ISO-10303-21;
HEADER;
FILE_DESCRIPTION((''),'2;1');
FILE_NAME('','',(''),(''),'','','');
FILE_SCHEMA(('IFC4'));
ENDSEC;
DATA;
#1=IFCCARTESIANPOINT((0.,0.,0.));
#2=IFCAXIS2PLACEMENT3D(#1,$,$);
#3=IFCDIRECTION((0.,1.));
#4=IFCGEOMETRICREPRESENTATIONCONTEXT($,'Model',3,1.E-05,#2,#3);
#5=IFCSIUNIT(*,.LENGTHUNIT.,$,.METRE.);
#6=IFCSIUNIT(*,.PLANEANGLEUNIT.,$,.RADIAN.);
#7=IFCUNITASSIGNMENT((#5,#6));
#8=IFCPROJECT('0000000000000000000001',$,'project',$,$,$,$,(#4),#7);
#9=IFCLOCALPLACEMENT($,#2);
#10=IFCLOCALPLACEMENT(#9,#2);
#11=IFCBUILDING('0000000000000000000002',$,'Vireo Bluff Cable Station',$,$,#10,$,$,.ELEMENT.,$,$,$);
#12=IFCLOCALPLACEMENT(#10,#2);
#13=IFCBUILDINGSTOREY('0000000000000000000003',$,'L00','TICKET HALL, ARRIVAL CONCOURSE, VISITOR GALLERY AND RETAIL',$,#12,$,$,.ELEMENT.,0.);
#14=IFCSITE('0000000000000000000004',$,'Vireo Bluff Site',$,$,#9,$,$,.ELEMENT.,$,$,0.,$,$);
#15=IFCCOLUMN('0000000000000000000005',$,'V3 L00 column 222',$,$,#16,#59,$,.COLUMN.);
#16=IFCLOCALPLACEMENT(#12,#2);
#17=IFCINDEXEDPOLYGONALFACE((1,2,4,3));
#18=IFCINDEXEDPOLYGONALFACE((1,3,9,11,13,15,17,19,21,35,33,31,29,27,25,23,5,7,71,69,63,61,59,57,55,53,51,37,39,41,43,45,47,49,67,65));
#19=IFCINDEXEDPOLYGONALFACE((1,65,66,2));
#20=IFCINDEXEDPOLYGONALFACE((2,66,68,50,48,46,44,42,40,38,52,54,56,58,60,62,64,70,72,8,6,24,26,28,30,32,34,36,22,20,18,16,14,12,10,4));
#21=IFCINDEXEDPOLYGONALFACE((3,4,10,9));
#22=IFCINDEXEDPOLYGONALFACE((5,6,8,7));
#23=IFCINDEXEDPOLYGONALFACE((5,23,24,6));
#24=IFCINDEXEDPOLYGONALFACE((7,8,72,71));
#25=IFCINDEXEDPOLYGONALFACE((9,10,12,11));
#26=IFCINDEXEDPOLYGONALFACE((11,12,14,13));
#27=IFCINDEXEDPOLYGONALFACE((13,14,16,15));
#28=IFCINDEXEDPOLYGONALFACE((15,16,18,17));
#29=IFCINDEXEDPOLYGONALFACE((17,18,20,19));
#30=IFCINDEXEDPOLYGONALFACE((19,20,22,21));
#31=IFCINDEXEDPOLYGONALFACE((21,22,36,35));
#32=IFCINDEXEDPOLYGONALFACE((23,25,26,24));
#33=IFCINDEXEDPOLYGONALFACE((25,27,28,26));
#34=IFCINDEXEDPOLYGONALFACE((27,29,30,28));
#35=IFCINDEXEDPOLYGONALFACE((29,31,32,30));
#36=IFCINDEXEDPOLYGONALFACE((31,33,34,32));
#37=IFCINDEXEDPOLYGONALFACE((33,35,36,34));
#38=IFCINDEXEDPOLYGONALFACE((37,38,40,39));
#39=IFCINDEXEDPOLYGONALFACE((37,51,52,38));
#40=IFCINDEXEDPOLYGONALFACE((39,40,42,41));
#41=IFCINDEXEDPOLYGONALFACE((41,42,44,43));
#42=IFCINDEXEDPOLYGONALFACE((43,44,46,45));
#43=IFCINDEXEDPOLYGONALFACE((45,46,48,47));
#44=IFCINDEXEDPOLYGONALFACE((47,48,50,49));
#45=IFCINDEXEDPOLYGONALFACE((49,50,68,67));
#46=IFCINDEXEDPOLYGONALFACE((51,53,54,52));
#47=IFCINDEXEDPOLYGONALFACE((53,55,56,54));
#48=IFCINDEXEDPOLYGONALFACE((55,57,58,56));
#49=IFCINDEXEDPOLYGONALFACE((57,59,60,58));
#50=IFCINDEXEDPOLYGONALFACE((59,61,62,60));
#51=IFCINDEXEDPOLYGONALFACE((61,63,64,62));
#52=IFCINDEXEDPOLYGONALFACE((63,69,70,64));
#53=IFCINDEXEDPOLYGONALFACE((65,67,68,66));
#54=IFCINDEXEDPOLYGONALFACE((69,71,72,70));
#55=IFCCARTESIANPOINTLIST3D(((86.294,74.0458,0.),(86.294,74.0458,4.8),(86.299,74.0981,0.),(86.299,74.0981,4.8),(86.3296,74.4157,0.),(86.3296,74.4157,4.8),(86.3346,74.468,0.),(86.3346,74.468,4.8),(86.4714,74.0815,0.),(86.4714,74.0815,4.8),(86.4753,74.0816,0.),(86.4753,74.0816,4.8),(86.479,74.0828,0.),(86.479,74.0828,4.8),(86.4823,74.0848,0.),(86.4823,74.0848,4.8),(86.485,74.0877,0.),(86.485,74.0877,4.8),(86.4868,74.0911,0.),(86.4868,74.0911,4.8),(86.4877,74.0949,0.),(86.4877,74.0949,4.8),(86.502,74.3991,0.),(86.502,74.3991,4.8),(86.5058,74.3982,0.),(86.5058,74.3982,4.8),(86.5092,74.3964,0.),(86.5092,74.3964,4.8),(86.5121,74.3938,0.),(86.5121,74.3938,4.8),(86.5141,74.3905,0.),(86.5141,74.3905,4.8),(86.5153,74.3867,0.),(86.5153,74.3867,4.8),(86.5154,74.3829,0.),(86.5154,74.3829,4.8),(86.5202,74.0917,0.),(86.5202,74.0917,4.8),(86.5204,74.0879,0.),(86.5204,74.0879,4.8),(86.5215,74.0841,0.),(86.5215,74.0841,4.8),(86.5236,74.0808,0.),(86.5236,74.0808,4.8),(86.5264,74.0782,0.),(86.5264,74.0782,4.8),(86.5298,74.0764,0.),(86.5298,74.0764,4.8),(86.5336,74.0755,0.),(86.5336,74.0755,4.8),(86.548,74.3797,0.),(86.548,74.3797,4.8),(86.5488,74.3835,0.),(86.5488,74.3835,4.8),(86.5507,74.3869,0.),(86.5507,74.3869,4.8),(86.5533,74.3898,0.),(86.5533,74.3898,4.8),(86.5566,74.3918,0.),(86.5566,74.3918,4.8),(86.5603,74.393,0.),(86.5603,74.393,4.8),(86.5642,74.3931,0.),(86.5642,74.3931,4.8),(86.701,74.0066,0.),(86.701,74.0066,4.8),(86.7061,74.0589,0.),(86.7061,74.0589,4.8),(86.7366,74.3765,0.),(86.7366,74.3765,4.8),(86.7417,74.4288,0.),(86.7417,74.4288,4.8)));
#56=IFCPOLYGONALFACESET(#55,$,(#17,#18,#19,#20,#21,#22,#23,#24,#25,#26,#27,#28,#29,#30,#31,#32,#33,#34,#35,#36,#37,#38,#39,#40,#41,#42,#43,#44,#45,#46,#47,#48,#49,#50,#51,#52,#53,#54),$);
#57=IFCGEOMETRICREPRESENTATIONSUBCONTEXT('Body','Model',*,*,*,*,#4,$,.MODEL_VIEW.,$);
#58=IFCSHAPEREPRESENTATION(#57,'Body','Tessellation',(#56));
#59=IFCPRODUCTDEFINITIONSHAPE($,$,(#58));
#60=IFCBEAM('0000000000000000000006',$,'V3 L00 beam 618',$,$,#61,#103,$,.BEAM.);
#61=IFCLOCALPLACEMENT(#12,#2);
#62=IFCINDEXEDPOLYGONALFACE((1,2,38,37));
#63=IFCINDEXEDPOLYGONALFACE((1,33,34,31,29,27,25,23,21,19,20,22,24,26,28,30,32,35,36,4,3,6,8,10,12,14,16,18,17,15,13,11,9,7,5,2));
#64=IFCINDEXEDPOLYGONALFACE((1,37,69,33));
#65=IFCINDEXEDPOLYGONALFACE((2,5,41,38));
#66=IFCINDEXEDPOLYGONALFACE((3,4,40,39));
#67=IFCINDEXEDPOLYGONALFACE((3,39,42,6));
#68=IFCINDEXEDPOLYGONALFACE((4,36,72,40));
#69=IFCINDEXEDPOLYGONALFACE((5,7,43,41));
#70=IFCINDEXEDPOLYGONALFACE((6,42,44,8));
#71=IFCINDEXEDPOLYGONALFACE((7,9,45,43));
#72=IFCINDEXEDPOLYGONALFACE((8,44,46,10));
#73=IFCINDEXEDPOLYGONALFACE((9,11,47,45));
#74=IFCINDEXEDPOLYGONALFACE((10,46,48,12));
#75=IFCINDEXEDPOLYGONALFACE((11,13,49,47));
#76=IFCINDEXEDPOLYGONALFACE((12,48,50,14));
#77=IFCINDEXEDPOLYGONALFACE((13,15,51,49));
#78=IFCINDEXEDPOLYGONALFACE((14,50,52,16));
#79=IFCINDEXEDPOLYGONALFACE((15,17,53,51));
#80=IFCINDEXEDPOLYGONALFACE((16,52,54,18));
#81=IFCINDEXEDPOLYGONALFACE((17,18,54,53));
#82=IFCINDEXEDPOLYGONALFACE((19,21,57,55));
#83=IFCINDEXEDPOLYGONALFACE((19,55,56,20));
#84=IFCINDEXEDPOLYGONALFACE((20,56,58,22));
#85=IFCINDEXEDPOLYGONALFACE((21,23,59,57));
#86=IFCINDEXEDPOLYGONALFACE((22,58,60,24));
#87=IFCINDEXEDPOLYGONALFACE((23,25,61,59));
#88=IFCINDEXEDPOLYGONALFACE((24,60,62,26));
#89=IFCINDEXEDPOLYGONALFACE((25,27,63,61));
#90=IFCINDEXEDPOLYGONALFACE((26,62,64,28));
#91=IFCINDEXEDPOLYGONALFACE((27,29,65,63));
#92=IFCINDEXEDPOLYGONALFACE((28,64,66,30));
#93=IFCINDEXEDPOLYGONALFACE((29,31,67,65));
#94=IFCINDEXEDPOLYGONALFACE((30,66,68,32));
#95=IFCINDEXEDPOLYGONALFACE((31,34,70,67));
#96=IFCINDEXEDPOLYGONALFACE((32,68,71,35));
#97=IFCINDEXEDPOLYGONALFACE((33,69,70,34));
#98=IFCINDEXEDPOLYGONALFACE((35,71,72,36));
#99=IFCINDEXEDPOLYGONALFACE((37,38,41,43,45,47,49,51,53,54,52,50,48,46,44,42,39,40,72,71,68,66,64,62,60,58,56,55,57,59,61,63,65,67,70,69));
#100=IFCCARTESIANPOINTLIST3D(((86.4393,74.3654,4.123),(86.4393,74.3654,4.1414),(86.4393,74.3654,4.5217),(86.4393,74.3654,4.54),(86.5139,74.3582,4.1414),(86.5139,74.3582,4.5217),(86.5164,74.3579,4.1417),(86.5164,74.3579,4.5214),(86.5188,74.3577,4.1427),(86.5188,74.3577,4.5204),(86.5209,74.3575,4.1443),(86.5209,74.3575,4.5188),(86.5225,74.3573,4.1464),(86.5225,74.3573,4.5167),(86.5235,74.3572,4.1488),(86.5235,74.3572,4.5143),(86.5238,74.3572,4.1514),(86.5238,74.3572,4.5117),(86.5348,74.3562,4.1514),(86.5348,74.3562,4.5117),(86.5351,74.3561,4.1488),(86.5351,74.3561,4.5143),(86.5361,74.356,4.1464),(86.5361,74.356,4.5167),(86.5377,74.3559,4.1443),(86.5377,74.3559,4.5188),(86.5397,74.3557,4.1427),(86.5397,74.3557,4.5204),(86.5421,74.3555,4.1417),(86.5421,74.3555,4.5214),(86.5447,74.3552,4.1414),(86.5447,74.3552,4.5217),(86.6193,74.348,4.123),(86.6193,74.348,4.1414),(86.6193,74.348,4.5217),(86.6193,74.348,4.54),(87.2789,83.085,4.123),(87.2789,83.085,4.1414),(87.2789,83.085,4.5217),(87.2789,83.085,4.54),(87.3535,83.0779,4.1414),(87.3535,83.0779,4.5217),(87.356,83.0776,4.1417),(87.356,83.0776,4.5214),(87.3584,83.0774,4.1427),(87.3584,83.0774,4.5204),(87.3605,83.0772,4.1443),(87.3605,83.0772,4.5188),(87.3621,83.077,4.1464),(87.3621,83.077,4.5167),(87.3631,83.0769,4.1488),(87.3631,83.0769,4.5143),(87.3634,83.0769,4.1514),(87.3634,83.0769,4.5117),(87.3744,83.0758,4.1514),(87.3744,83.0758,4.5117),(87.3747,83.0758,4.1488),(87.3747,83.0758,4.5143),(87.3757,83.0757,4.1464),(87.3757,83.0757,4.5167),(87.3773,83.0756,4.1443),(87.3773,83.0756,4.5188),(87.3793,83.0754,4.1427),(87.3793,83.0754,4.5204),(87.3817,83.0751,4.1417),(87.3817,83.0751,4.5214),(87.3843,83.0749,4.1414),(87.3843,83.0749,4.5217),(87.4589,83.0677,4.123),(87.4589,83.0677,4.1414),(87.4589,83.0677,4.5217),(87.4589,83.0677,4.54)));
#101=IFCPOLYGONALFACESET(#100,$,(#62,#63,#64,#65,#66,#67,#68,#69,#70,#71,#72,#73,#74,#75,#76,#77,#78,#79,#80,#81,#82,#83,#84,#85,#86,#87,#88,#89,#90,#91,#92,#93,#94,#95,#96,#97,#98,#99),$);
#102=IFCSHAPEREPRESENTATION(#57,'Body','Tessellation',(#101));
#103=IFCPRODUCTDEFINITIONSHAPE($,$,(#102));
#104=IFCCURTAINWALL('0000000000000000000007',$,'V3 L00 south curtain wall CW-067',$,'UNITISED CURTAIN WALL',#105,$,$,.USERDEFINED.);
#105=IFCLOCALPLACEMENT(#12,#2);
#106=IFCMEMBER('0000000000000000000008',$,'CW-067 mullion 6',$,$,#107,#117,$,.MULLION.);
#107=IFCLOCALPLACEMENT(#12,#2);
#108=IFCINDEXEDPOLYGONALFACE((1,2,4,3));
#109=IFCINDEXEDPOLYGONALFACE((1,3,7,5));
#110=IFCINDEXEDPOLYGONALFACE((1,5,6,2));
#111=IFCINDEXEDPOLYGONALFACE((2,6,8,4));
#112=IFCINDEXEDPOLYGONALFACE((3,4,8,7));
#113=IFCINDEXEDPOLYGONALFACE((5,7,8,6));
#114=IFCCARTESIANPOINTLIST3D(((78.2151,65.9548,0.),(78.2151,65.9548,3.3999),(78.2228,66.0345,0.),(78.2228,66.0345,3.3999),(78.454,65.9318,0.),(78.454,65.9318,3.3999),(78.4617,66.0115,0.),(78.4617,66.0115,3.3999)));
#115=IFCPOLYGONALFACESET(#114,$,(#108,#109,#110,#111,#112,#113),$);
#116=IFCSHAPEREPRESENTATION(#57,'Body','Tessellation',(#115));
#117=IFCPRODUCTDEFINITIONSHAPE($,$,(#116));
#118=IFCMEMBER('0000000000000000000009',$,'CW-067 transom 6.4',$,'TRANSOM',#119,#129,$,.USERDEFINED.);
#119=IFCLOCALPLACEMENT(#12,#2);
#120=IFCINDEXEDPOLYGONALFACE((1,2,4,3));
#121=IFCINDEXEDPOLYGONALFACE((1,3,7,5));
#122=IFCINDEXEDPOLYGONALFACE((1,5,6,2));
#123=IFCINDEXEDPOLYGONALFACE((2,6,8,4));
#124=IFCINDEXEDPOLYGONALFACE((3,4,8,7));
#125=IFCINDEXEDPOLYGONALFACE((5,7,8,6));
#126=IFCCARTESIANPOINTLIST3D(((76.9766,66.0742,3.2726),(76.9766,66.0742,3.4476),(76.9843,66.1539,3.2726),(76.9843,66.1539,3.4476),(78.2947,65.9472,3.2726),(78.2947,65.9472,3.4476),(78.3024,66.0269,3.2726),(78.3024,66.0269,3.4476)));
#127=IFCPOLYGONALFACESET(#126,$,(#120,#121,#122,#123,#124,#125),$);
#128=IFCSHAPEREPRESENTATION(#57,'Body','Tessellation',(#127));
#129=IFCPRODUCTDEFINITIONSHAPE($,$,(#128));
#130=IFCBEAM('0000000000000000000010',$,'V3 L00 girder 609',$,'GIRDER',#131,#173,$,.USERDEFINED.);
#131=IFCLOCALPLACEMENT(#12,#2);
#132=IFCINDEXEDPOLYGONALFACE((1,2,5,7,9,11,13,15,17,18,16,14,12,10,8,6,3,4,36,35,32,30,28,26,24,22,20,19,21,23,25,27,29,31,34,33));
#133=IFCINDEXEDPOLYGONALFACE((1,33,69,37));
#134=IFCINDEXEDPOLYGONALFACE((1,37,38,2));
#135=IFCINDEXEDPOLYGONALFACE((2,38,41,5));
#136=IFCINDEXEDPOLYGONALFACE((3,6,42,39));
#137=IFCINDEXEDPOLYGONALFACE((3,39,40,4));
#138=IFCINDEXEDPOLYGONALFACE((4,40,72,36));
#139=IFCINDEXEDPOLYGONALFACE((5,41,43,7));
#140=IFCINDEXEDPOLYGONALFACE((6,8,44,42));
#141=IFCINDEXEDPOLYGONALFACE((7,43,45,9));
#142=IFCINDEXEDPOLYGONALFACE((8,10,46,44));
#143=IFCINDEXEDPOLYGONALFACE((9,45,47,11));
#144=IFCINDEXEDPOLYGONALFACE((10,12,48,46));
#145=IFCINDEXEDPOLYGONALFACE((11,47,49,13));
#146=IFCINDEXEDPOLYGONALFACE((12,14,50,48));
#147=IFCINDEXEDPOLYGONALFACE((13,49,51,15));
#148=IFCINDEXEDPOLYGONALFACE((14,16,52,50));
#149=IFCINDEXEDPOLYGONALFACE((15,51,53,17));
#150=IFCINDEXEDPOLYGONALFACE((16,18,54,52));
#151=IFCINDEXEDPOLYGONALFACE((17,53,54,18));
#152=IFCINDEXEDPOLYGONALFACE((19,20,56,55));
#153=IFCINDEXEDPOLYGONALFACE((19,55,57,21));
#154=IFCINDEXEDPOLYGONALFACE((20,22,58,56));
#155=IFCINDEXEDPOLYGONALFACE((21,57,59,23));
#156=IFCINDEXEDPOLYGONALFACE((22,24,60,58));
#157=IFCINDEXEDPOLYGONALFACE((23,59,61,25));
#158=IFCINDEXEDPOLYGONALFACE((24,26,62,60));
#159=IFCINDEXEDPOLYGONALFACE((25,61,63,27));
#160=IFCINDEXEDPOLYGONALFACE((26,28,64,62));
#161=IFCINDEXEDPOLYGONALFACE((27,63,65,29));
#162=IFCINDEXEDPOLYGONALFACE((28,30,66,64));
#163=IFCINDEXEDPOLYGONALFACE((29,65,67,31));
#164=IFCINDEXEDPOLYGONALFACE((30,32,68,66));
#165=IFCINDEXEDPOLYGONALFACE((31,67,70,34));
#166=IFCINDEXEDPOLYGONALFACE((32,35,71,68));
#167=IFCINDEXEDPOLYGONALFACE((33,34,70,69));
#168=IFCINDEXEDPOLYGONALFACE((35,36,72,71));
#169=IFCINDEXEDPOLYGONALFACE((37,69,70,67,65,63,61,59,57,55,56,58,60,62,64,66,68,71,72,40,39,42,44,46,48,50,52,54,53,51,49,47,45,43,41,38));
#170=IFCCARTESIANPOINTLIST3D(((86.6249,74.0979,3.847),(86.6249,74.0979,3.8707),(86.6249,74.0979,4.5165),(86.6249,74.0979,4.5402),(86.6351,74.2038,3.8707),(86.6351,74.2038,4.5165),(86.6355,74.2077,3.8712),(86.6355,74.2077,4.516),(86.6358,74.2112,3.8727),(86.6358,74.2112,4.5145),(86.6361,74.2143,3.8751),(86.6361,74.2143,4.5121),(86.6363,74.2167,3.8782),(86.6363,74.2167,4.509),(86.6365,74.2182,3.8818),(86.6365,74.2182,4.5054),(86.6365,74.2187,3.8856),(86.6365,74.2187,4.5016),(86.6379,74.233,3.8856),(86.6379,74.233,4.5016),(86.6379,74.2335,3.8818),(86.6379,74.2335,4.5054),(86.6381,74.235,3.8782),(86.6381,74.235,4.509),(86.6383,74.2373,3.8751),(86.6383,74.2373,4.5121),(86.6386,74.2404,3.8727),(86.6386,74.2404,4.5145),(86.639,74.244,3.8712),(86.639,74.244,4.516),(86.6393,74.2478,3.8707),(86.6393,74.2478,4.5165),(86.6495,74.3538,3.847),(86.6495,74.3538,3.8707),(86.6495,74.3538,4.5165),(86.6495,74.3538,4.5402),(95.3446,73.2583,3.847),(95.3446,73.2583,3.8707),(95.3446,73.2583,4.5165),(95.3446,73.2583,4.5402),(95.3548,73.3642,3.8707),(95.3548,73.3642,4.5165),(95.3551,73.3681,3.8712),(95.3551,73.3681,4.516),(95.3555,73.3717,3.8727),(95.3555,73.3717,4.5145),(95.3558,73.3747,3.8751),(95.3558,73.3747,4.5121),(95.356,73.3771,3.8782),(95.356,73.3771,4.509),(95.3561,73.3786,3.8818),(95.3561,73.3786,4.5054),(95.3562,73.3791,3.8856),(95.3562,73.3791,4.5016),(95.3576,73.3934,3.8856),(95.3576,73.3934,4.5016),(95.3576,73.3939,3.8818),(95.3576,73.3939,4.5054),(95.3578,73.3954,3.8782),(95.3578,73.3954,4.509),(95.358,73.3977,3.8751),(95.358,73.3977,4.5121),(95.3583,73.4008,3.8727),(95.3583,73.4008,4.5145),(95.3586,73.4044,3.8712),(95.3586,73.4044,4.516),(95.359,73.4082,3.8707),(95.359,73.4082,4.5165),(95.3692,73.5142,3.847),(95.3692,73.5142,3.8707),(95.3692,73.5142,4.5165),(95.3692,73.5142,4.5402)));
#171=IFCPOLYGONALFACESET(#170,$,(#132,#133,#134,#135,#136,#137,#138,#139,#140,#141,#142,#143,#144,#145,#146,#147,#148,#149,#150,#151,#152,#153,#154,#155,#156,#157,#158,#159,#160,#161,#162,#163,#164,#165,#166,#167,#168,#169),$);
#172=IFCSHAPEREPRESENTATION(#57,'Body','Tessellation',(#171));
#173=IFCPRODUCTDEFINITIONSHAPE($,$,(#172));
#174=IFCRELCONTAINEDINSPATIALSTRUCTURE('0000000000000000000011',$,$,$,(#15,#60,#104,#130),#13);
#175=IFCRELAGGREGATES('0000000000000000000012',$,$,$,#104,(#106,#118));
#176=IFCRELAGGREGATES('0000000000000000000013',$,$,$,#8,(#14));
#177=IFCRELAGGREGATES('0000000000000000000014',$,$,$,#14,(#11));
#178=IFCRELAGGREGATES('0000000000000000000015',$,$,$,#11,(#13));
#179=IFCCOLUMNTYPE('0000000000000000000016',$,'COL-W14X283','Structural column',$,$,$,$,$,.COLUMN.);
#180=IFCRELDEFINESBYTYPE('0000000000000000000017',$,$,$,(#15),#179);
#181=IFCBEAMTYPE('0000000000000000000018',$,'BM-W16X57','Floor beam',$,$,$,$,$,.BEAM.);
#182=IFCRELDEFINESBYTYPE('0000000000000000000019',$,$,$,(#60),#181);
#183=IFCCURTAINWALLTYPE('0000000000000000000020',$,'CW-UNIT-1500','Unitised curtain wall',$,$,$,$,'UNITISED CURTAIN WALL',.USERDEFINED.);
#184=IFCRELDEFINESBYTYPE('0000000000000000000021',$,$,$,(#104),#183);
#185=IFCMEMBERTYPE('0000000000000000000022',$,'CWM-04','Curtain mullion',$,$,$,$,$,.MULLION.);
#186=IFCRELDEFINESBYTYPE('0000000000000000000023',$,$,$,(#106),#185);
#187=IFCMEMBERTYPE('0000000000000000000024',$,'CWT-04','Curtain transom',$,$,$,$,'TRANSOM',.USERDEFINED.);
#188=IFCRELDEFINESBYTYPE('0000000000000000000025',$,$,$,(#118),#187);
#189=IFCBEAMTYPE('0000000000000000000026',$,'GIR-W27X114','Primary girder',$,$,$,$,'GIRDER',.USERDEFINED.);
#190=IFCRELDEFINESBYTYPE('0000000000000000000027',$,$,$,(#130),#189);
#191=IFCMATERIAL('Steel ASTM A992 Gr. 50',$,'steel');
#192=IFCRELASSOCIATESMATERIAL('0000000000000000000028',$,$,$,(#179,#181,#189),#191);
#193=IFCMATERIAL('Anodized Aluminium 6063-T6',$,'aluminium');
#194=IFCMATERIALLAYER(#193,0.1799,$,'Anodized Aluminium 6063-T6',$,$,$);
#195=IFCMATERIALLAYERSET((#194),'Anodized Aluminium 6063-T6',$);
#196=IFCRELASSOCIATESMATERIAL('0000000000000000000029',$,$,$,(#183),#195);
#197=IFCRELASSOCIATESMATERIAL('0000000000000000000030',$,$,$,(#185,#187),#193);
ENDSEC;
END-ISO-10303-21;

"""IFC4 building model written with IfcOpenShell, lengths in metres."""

from ifc_helpers import new_model, si_unit, direction, frame, origin, origin_2d, place, context, subcontext, project, spatial, rectangle, i_section, extrude, material, layer, layer_set, material_profile, profile_set, type_object, element, aggregate, save


model = new_model("IFC4")

# Units and contexts
model_context = context("Model", 3, precision=1e-05, world=origin(), true_north=direction((0.0, 1.0)))
body_context = subcontext(model_context, "Body", "Model", "MODEL_VIEW")
ifc_project = project(units=[si_unit("LENGTHUNIT", "METRE"), si_unit("PLANEANGLEUNIT", "RADIAN")], contexts=[model_context])

# Site, building, storey
site_placement = place(None, origin())
site = spatial("IfcSite", under=ifc_project, at=site_placement, Name="Vireo Bluff Site", CompositionType="ELEMENT", RefElevation=0.0)
building_placement = place(site_placement, origin())
building = spatial("IfcBuilding", under=site, at=building_placement, Name="Vireo Bluff Cable Station", CompositionType="ELEMENT")
storey_placement = place(building_placement, origin())
storey = spatial("IfcBuildingStorey", under=building, at=storey_placement, Name="L00", Description="TICKET HALL, ARRIVAL CONCOURSE, VISITOR GALLERY AND RETAIL", CompositionType="ELEMENT", Elevation=0.0)

# Column
ifc_material_1 = material(Name="Steel ASTM A992 Gr. 50", Category="steel")
ifc_material_profile_1 = material_profile(ifc_material_1, i_section(OverallWidth=0.4089, OverallDepth=0.4241, WebThickness=0.0327, FlangeThickness=0.0525, FilletRadius=0.0149, at=origin_2d()), Name="W14X283")
ifc_profile_set_1 = profile_set([ifc_material_profile_1], Name="Steel ASTM A992 Gr. 50")
column_type = type_object("IfcColumnType", Name="COL-W14X283", Description="Structural column", PredefinedType="COLUMN", material=ifc_profile_set_1)
column_placement = place(storey_placement, frame((86.5178, 74.2373, 0.0), z_axis=(0.0, 0.0, 1.0), x_axis=(0.995396, -0.095846, 0.0)))
element("IfcColumn", 1, at=column_placement, inside=storey, type_object=column_type, Name="V3 L00 column 222", PredefinedType="COLUMN", context=body_context, shape_type="SweptSolid", body=[
    extrude(i_section(OverallWidth=0.4089, OverallDepth=0.4241, WebThickness=0.0327, FlangeThickness=0.0525, FilletRadius=0.0149, at=origin_2d()), origin(), (0.0, 0.0, 1.0), 4.8),
])

# Beam
ifc_material_profile_2 = material_profile(ifc_material_1, i_section(OverallWidth=0.1809, OverallDepth=0.417, WebThickness=0.011, FlangeThickness=0.0183, FilletRadius=0.01, at=origin_2d()), Name="W16X57")
ifc_profile_set_2 = profile_set([ifc_material_profile_2], Name="Steel ASTM A992 Gr. 50")
beam_type_1 = type_object("IfcBeamType", Name="BM-W16X57", Description="Floor beam", PredefinedType="BEAM", material=ifc_profile_set_2)
beam_1_placement = place(storey_placement, frame((86.5293, 74.3567, 4.3315), z_axis=(0.095844, 0.995396, 0.0), x_axis=(-0.995396, 0.095844, 0.0)))
element("IfcBeam", 2, at=beam_1_placement, inside=storey, type_object=beam_type_1, Name="V3 L00 beam 618", PredefinedType="BEAM", context=body_context, shape_type="SweptSolid", body=[
    extrude(i_section(OverallWidth=0.1809, OverallDepth=0.417, WebThickness=0.011, FlangeThickness=0.0183, FilletRadius=0.01, at=origin_2d()), origin(), (0.0, 0.0, 1.0), 8.76),
])

# Curtain wall, members
ifc_material_2 = material(Name="Anodized Aluminium 6063-T6", Category="aluminium")
ifc_layer_1 = layer(ifc_material_2, 0.1799, Name="Anodized Aluminium 6063-T6")
ifc_layer_set_1 = layer_set([ifc_layer_1], Name="Anodized Aluminium 6063-T6")
curtain_wall_type = type_object("IfcCurtainWallType", Name="CW-UNIT-1500", Description="Unitised curtain wall", ElementType="UNITISED CURTAIN WALL", PredefinedType="USERDEFINED", material=ifc_layer_set_1)
curtain_wall_placement = place(storey_placement, origin())
curtain_wall = element("IfcCurtainWall", 3, at=curtain_wall_placement, inside=storey, type_object=curtain_wall_type, Name="V3 L00 south curtain wall CW-067", ObjectType="UNITISED CURTAIN WALL", PredefinedType="USERDEFINED")
ifc_material_profile_3 = material_profile(ifc_material_2, rectangle(XDim=0.0801, YDim=0.24, at=origin_2d()), Name="ALU-M-80X240")
ifc_profile_set_3 = profile_set([ifc_material_profile_3], Name="Anodized Aluminium 6063-T6")
member_type_1 = type_object("IfcMemberType", Name="CWM-04", Description="Curtain mullion", PredefinedType="MULLION", material=ifc_profile_set_3)
member_1_placement = place(storey_placement, frame((78.3384, 65.9832, 0.0), z_axis=(0.0, 0.0, 1.0), x_axis=(-0.095846, -0.995396, 0.0)))
member_1 = element("IfcMember", 4, at=member_1_placement, type_object=member_type_1, Name="CW-067 mullion 6", PredefinedType="MULLION", context=body_context, shape_type="SweptSolid", body=[
    extrude(rectangle(XDim=0.0801, YDim=0.24, at=origin_2d()), origin(), (0.0, 0.0, 1.0), 3.3999),
])
ifc_material_profile_4 = material_profile(ifc_material_2, rectangle(XDim=0.0801, YDim=0.175, at=origin_2d()), Name="ALU-T-80X175")
ifc_profile_set_4 = profile_set([ifc_material_profile_4], Name="Anodized Aluminium 6063-T6")
member_type_2 = type_object("IfcMemberType", Name="CWT-04", Description="Curtain transom", ElementType="TRANSOM", PredefinedType="USERDEFINED", material=ifc_profile_set_4)
member_2_placement = place(storey_placement, frame((78.2986, 65.9871, 3.3601), z_axis=(-0.995394, 0.09587, 0.0), x_axis=(-0.09587, -0.995394, 0.0)))
member_2 = element("IfcMember", 5, at=member_2_placement, type_object=member_type_2, Name="CW-067 transom 6.4", ObjectType="TRANSOM", PredefinedType="USERDEFINED", context=body_context, shape_type="SweptSolid", body=[
    extrude(rectangle(XDim=0.0801, YDim=0.175, at=origin_2d()), origin(), (0.0, 0.0, 1.0), 1.3242),
])

# Beam
ifc_material_profile_5 = material_profile(ifc_material_1, i_section(OverallWidth=0.2571, OverallDepth=0.6931, WebThickness=0.0144, FlangeThickness=0.0237, FilletRadius=0.0149, at=origin_2d()), Name="W27X114")
ifc_profile_set_5 = profile_set([ifc_material_profile_5], Name="Steel ASTM A992 Gr. 50")
beam_type_2 = type_object("IfcBeamType", Name="GIR-W27X114", Description="Primary girder", ElementType="GIRDER", PredefinedType="USERDEFINED", material=ifc_profile_set_5)
beam_2_placement = place(storey_placement, frame((86.6372, 74.2258, 4.1936), z_axis=(0.995396, -0.095844, 0.0), x_axis=(0.095844, 0.995396, 0.0)))
element("IfcBeam", 6, at=beam_2_placement, inside=storey, type_object=beam_type_2, Name="V3 L00 girder 609", ObjectType="GIRDER", PredefinedType="USERDEFINED", context=body_context, shape_type="SweptSolid", body=[
    extrude(i_section(OverallWidth=0.2571, OverallDepth=0.6931, WebThickness=0.0144, FlangeThickness=0.0237, FilletRadius=0.0149, at=origin_2d()), origin(), (0.0, 0.0, 1.0), 8.76),
])

aggregate(curtain_wall, [member_1, member_2])

save(model, "model.ifc")
